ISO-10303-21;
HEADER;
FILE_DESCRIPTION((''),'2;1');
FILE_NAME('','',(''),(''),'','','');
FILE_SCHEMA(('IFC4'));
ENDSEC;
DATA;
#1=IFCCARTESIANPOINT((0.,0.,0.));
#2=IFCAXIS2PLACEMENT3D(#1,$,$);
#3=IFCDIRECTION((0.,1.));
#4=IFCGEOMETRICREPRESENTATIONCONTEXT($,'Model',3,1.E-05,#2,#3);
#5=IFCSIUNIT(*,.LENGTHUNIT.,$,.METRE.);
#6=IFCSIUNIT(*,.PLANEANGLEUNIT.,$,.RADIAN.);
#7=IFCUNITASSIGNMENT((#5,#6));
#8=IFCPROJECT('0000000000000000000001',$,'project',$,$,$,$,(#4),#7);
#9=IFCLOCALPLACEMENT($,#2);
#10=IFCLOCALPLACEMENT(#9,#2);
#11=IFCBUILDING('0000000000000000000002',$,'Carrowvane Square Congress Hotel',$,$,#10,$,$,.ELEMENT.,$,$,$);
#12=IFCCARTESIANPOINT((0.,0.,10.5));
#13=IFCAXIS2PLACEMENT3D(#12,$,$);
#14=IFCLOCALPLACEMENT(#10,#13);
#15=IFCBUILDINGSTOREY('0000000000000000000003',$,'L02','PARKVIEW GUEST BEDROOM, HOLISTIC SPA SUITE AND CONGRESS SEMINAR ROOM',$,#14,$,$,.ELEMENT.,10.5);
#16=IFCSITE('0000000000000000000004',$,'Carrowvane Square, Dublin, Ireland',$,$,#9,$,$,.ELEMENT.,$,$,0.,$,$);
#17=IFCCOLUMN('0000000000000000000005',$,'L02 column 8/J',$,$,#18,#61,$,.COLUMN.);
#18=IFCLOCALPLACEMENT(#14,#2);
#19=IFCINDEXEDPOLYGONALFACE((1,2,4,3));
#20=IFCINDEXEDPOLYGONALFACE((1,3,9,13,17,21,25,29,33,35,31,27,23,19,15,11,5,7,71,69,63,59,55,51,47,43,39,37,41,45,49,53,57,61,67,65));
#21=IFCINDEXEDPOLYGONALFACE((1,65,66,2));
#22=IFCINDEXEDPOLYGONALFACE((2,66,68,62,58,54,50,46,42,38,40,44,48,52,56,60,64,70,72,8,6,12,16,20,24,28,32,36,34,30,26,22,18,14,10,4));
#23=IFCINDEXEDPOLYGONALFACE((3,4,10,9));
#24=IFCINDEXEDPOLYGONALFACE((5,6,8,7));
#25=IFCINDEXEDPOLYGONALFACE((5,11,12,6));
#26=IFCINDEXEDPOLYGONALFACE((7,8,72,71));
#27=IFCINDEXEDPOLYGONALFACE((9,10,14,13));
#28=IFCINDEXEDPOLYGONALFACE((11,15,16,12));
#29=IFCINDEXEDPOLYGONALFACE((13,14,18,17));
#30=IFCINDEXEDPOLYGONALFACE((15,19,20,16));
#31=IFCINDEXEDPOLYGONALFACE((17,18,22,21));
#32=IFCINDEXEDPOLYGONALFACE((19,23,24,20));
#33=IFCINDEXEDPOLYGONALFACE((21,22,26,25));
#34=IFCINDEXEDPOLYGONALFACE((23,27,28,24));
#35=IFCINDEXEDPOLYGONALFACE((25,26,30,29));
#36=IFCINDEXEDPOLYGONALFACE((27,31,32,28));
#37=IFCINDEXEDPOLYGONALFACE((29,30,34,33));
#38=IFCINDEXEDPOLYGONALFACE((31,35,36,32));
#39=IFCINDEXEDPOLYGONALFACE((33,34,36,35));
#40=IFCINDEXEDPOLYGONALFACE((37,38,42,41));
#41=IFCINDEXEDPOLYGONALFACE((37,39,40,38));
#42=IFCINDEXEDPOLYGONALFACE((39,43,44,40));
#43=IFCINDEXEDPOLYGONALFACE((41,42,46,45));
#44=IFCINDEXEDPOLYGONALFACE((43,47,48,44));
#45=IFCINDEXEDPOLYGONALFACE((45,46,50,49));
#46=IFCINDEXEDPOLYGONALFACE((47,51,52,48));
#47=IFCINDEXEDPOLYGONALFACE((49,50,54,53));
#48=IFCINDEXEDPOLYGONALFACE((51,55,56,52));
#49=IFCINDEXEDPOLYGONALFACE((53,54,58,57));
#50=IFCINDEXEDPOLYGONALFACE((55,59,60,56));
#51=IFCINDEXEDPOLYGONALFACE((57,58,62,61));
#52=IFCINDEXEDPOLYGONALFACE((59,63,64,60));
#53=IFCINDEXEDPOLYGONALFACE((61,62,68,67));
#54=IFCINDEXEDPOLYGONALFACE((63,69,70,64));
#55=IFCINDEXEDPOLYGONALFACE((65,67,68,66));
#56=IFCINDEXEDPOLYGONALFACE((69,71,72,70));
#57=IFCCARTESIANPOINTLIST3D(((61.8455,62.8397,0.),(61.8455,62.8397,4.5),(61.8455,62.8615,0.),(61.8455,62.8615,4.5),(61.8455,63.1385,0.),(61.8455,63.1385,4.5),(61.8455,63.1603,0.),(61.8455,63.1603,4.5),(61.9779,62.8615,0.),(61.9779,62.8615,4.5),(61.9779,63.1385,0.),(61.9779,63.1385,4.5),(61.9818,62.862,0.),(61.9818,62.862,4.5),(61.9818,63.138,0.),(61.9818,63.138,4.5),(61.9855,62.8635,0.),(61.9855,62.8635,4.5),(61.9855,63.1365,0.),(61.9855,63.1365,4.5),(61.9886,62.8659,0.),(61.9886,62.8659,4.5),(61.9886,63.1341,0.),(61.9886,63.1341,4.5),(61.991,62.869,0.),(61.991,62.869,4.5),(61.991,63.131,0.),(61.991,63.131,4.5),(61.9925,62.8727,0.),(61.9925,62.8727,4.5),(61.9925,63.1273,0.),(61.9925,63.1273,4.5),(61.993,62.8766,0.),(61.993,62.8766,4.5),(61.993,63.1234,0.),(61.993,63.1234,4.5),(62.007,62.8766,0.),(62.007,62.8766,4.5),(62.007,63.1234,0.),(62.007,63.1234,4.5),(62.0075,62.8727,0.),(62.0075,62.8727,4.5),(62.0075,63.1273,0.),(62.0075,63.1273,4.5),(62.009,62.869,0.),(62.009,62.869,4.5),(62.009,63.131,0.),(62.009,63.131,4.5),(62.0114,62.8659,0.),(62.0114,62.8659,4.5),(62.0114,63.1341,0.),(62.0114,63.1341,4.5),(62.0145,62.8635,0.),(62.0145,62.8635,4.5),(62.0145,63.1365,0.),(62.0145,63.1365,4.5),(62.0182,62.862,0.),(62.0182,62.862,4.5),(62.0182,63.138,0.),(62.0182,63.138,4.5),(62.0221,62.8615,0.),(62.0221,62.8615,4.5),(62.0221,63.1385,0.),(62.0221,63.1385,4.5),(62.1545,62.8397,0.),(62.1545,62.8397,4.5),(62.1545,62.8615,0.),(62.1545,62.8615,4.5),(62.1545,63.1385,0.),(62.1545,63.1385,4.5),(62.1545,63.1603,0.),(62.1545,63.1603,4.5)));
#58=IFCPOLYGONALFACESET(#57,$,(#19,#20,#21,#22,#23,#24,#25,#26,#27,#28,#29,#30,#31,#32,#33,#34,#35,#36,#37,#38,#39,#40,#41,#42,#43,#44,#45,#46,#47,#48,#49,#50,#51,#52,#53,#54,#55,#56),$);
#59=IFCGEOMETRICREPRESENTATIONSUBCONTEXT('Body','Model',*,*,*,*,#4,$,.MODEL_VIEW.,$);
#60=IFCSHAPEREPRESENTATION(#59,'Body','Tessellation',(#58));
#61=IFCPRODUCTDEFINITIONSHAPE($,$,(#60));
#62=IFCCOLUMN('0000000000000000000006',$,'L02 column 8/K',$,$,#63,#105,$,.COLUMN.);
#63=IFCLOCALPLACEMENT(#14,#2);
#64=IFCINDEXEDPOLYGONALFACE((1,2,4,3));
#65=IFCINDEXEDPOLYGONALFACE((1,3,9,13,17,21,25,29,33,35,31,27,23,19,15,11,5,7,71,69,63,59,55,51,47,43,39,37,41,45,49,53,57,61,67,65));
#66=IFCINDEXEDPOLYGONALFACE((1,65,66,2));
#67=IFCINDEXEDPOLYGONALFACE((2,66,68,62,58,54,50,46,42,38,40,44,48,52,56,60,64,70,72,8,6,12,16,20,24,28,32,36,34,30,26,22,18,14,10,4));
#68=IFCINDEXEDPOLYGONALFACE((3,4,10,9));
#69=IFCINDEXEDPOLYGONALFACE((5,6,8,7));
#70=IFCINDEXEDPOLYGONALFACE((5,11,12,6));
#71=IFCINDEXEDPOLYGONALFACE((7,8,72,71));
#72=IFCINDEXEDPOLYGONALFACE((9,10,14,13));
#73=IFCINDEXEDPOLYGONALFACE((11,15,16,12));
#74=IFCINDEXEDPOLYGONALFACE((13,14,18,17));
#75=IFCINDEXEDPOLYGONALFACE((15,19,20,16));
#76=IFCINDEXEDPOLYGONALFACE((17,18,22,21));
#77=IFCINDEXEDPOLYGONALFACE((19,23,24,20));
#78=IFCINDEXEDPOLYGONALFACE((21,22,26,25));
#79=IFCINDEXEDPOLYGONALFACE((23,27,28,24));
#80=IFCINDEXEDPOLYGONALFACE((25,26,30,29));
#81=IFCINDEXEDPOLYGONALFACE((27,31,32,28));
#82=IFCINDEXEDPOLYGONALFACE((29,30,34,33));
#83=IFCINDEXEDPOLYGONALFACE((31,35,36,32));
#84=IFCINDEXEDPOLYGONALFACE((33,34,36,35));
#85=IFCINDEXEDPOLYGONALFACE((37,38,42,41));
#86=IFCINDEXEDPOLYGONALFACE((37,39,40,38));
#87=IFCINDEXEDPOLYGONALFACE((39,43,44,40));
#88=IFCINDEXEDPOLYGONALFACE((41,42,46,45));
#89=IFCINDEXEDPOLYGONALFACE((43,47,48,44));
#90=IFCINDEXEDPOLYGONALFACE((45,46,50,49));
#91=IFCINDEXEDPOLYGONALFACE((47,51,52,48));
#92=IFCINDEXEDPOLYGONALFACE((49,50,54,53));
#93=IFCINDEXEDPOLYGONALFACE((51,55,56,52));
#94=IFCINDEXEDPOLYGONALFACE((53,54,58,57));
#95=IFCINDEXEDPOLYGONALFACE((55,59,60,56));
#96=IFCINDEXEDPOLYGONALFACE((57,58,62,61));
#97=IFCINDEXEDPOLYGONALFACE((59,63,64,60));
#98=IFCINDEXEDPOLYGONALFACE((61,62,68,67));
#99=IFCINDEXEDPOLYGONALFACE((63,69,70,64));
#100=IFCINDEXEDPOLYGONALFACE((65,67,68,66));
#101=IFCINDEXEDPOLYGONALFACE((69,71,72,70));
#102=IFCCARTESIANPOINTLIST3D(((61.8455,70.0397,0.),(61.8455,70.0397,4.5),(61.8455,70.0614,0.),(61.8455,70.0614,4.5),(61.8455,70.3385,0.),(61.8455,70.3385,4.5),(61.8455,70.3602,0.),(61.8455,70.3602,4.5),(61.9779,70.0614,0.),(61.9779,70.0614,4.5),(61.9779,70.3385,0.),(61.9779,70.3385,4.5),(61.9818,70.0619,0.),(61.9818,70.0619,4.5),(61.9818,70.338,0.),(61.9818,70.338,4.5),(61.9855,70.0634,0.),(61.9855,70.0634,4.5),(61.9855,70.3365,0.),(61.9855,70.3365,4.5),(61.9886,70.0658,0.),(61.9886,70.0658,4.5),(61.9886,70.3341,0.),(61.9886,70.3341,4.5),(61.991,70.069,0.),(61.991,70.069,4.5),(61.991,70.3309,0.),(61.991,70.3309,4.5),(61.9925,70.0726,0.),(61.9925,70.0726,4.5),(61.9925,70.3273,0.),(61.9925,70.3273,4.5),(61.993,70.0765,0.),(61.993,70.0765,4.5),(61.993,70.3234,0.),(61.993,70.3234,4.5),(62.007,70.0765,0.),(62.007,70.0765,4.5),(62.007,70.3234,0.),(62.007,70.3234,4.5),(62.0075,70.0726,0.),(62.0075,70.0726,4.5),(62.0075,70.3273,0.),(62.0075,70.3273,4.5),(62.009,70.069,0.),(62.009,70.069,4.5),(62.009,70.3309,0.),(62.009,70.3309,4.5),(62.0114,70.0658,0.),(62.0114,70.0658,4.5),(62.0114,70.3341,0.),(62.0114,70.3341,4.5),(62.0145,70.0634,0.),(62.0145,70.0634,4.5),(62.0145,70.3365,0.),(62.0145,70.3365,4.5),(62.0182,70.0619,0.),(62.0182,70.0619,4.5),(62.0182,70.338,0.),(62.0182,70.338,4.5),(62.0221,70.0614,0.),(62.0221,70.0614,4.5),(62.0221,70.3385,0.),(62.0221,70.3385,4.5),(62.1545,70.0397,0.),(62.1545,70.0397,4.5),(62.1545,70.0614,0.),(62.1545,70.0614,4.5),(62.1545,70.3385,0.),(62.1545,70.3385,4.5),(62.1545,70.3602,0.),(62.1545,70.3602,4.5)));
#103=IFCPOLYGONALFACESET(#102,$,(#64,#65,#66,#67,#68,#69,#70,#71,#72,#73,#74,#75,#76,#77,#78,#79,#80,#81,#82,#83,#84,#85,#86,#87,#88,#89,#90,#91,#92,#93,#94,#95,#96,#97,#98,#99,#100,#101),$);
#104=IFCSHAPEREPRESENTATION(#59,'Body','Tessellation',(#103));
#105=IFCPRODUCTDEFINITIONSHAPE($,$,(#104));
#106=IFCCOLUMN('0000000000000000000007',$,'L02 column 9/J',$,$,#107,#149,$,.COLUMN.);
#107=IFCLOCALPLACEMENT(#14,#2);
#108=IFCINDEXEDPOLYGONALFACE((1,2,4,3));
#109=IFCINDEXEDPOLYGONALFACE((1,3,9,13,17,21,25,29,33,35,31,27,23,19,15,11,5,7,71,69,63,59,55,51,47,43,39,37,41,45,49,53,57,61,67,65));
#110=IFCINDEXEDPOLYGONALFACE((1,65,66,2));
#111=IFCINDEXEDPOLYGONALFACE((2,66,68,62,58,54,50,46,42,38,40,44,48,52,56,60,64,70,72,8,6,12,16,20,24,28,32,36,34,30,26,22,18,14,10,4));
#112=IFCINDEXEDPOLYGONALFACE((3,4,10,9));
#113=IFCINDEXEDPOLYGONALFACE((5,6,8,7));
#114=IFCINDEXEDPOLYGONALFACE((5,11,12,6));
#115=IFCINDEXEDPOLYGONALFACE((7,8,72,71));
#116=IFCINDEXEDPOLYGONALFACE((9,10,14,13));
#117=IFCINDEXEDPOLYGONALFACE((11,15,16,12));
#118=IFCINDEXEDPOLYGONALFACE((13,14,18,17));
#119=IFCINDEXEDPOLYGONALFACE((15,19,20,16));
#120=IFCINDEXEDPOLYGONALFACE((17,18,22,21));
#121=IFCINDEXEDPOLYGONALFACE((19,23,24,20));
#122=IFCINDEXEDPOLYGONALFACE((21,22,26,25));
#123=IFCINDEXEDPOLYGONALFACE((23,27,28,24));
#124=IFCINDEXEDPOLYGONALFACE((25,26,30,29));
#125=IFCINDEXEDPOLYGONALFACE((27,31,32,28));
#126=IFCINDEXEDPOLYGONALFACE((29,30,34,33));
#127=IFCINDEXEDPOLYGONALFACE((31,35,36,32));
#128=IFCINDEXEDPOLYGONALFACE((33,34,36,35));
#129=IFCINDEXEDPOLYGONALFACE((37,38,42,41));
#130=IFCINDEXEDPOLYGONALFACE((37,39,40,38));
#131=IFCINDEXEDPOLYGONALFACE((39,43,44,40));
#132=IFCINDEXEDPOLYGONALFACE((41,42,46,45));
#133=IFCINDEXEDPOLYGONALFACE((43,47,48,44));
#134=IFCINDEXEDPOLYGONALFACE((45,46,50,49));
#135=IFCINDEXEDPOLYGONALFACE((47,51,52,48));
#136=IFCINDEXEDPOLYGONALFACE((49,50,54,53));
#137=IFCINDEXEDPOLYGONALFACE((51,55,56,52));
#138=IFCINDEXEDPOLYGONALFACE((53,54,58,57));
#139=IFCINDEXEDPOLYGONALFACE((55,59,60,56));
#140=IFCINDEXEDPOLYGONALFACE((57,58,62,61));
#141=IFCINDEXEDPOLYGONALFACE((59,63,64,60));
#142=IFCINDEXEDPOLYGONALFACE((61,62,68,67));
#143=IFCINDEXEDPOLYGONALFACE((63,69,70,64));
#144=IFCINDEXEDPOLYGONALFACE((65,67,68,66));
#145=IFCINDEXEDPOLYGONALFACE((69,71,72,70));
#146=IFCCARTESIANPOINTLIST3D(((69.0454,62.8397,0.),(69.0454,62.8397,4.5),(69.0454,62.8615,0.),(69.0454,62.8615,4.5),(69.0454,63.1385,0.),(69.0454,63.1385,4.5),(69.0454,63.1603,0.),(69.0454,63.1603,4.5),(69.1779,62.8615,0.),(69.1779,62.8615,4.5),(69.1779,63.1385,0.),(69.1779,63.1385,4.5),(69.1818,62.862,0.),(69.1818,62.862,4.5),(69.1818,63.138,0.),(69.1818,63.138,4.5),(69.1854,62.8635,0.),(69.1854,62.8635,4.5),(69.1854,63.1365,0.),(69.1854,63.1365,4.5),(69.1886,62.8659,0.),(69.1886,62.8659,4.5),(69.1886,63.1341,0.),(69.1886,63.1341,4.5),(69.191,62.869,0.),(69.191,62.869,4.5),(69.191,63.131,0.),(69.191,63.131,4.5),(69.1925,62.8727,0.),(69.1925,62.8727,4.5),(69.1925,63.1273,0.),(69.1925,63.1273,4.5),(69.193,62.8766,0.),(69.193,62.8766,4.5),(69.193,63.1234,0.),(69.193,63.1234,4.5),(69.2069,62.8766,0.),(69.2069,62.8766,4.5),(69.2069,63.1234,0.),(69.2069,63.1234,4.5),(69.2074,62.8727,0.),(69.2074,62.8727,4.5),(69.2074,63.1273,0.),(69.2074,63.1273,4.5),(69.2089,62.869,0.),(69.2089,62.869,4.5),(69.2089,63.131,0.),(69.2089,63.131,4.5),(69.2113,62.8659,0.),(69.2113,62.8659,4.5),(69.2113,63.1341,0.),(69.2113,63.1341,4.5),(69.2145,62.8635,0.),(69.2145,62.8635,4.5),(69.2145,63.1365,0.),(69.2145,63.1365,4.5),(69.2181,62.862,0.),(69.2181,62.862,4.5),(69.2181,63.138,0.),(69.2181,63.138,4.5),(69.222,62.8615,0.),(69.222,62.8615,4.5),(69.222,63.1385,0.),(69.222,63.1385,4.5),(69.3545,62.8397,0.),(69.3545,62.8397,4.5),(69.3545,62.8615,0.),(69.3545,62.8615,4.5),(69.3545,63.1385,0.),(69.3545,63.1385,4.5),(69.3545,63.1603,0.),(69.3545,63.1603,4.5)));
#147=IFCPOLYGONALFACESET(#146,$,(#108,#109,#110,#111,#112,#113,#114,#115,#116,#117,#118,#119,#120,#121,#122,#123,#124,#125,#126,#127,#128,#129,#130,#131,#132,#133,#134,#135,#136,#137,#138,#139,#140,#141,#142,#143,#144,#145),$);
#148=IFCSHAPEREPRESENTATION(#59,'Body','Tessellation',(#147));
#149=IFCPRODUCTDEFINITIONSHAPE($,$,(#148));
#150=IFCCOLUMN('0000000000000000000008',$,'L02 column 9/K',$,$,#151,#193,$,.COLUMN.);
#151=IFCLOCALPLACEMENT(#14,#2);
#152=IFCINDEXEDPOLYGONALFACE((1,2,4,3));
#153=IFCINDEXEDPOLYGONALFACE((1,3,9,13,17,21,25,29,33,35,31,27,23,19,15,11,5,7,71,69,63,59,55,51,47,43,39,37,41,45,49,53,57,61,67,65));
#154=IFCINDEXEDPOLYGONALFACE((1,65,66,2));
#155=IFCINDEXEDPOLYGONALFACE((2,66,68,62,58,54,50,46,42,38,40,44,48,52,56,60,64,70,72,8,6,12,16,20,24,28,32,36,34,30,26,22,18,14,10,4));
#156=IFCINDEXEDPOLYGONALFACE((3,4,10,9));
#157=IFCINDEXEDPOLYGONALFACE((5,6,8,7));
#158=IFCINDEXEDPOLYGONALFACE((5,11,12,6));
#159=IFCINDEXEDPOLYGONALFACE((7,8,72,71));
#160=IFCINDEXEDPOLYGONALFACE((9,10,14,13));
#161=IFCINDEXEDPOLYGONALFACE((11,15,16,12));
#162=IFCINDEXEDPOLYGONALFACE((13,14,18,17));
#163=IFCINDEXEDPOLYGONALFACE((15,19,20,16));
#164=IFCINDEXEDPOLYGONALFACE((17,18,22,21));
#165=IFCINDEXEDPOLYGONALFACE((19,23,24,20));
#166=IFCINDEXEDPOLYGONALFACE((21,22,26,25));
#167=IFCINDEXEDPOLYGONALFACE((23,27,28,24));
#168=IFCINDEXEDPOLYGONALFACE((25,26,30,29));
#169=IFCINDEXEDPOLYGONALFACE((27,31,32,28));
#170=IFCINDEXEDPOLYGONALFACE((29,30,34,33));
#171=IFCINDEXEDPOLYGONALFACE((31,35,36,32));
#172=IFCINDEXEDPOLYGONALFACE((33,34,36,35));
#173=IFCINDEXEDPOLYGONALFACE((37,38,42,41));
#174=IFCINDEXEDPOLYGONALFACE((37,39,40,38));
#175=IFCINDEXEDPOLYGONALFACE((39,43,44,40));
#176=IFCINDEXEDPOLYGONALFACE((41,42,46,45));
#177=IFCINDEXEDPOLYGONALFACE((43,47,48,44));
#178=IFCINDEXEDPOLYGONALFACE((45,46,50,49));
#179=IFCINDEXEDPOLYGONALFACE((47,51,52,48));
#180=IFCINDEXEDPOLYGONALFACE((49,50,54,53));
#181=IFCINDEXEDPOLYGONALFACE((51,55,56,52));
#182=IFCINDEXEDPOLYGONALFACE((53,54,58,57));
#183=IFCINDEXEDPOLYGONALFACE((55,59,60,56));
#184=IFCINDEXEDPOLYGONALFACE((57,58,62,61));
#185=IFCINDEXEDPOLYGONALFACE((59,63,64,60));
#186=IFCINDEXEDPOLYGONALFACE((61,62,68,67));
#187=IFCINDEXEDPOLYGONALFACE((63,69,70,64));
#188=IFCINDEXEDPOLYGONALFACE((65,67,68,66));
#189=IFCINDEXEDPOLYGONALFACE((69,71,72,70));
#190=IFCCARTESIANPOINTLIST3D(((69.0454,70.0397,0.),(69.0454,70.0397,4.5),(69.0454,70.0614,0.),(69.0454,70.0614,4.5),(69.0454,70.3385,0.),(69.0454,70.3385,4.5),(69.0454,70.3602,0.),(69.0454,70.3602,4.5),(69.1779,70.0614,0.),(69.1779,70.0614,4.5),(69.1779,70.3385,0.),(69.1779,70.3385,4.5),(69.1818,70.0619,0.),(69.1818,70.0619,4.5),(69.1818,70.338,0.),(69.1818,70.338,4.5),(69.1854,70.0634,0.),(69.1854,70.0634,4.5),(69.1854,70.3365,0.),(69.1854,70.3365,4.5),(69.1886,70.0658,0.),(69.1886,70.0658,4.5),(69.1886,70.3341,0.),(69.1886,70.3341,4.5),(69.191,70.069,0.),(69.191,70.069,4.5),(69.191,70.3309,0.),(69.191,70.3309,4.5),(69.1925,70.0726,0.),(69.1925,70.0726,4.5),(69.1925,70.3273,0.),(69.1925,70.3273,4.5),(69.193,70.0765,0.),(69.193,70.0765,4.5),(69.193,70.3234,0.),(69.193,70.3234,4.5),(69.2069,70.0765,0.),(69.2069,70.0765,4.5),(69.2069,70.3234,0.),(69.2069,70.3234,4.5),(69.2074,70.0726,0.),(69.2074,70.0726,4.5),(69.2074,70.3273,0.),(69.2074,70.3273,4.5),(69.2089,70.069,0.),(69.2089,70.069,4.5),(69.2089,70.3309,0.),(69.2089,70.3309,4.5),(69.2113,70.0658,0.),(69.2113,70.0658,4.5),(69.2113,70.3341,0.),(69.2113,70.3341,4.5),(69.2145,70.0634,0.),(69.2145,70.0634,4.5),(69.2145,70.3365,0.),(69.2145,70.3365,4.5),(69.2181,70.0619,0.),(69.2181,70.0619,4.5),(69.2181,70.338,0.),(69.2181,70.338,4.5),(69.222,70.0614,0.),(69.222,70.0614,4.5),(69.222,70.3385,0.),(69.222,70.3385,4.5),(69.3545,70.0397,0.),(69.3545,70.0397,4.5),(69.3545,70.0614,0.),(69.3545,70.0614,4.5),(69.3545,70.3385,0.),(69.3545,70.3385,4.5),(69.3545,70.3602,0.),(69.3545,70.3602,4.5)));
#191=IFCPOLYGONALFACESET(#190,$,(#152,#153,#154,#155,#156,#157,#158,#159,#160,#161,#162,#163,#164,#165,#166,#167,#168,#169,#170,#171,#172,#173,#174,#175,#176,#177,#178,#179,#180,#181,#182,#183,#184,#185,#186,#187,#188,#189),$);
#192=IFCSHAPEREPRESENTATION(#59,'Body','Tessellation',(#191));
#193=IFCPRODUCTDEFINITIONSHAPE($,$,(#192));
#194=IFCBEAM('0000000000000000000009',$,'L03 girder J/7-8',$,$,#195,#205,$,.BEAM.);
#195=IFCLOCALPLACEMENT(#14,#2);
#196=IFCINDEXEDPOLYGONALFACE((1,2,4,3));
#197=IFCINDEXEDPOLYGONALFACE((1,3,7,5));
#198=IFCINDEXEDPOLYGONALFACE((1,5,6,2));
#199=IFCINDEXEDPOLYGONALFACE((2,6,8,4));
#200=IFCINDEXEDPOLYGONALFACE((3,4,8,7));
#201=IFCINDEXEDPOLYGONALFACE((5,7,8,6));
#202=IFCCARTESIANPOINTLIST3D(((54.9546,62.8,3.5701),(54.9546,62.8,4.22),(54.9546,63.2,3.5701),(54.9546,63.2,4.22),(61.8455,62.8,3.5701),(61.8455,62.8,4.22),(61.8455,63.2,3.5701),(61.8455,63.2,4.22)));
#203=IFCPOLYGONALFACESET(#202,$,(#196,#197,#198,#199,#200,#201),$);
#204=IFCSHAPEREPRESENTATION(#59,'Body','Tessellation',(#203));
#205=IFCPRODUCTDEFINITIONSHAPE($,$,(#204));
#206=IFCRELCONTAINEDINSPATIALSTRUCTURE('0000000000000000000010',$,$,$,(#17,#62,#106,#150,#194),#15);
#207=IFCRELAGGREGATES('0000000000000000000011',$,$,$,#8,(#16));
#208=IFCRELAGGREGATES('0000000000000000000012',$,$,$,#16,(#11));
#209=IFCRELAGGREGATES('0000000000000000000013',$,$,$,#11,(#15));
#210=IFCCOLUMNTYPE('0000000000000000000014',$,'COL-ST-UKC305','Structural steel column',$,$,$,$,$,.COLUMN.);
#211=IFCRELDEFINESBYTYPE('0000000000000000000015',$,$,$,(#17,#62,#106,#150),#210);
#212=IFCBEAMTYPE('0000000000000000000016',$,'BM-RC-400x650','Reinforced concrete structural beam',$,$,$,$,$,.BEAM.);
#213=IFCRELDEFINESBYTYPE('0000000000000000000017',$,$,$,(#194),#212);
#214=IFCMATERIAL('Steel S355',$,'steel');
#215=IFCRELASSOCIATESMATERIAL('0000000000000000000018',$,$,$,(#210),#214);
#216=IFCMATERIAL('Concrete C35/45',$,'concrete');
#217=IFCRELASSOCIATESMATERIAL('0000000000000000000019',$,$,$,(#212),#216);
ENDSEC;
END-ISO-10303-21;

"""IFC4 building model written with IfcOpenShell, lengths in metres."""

from ifc_helpers import new_model, si_unit, direction, frame, origin, origin_2d, place, context, subcontext, project, spatial, rectangle, i_section, extrude, material, material_profile, profile_set, type_object, element, save


model = new_model("IFC4")

# Units and contexts
model_context = context("Model", 3, precision=1e-05, world=origin(), true_north=direction((0.0, 1.0)))
body_context = subcontext(model_context, "Body", "Model", "MODEL_VIEW")
ifc_project = project(units=[si_unit("LENGTHUNIT", "METRE"), si_unit("PLANEANGLEUNIT", "RADIAN")], contexts=[model_context])

# Site, building, storey
site_placement = place(None, origin())
site = spatial("IfcSite", under=ifc_project, at=site_placement, Name="Carrowvane Square, Dublin, Ireland", CompositionType="ELEMENT", RefElevation=0.0)
building_placement = place(site_placement, origin())
building = spatial("IfcBuilding", under=site, at=building_placement, Name="Carrowvane Square Congress Hotel", CompositionType="ELEMENT")
storey_placement = place(building_placement, frame((0.0, 0.0, 10.5)))
storey = spatial("IfcBuildingStorey", under=building, at=storey_placement, Name="L02", Description="PARKVIEW GUEST BEDROOM, HOLISTIC SPA SUITE AND CONGRESS SEMINAR ROOM", CompositionType="ELEMENT", Elevation=10.5)

# Columns
ifc_material_1 = material(Name="Steel S355", Category="steel")
ifc_material_profile_1 = material_profile(ifc_material_1, i_section(OverallWidth=0.3091, OverallDepth=0.3206, WebThickness=0.0139, FlangeThickness=0.0217, FilletRadius=0.0151, at=origin_2d()), Name="UKC 305x305x137")
ifc_profile_set_1 = profile_set([ifc_material_profile_1], Name="Steel S355")
column_type = type_object("IfcColumnType", Name="COL-ST-UKC305", Description="Structural steel column", PredefinedType="COLUMN", material=ifc_profile_set_1)
for number, where, z_axis, x_axis, name in (
    (1, (62.0, 63.0, 0.0), (0.0, 0.0, 1.0), (1.0, 0.0, 0.0), "L02 column 8/J"),
    (2, (62.0, 70.2, 0.0), (0.0, 0.0, 1.0), (1.0, 0.0, 0.0), "L02 column 8/K"),
    (3, (69.2, 63.0, 0.0), (0.0, 0.0, 1.0), (1.0, 0.0, 0.0), "L02 column 9/J"),
    (4, (69.2, 70.2, 0.0), (0.0, 0.0, 1.0), (1.0, 0.0, 0.0), "L02 column 9/K"),
):
    element("IfcColumn", number, at=place(storey_placement, frame(where, z_axis=z_axis, x_axis=x_axis)), inside=storey, type_object=column_type, Name=name, PredefinedType="COLUMN", context=body_context, shape_type="SweptSolid", body=[
        extrude(i_section(OverallWidth=0.3091, OverallDepth=0.3206, WebThickness=0.0139, FlangeThickness=0.0217, FilletRadius=0.0151, at=origin_2d()), origin(), (0.0, 0.0, 1.0), 4.5),
    ])

# Beam
ifc_material_2 = material(Name="Concrete C35/45", Category="concrete")
ifc_material_profile_2 = material_profile(ifc_material_2, rectangle(XDim=0.3999, YDim=0.6499, at=origin_2d()), Name="RC 400x650")
ifc_profile_set_2 = profile_set([ifc_material_profile_2], Name="Concrete C35/45")
beam_type_1 = type_object("IfcBeamType", Name="BM-RC-400x650", Description="Reinforced concrete structural beam", PredefinedType="BEAM", material=ifc_profile_set_2)
for number, where, z_axis, x_axis, name in (
    (5, (54.9546, 63.0, 3.895), (1.0, 0.0, 0.0), (0.0, 1.0, 0.0), "L03 girder J/7-8"),
):
    element("IfcBeam", number, at=place(storey_placement, frame(where, z_axis=z_axis, x_axis=x_axis)), inside=storey, type_object=beam_type_1, Name=name, PredefinedType="BEAM", context=body_context, shape_type="SweptSolid", body=[
        extrude(rectangle(XDim=0.3999, YDim=0.6499, at=origin_2d()), origin(), (0.0, 0.0, 1.0), 6.8909),
    ])

save(model, "model.ifc")
